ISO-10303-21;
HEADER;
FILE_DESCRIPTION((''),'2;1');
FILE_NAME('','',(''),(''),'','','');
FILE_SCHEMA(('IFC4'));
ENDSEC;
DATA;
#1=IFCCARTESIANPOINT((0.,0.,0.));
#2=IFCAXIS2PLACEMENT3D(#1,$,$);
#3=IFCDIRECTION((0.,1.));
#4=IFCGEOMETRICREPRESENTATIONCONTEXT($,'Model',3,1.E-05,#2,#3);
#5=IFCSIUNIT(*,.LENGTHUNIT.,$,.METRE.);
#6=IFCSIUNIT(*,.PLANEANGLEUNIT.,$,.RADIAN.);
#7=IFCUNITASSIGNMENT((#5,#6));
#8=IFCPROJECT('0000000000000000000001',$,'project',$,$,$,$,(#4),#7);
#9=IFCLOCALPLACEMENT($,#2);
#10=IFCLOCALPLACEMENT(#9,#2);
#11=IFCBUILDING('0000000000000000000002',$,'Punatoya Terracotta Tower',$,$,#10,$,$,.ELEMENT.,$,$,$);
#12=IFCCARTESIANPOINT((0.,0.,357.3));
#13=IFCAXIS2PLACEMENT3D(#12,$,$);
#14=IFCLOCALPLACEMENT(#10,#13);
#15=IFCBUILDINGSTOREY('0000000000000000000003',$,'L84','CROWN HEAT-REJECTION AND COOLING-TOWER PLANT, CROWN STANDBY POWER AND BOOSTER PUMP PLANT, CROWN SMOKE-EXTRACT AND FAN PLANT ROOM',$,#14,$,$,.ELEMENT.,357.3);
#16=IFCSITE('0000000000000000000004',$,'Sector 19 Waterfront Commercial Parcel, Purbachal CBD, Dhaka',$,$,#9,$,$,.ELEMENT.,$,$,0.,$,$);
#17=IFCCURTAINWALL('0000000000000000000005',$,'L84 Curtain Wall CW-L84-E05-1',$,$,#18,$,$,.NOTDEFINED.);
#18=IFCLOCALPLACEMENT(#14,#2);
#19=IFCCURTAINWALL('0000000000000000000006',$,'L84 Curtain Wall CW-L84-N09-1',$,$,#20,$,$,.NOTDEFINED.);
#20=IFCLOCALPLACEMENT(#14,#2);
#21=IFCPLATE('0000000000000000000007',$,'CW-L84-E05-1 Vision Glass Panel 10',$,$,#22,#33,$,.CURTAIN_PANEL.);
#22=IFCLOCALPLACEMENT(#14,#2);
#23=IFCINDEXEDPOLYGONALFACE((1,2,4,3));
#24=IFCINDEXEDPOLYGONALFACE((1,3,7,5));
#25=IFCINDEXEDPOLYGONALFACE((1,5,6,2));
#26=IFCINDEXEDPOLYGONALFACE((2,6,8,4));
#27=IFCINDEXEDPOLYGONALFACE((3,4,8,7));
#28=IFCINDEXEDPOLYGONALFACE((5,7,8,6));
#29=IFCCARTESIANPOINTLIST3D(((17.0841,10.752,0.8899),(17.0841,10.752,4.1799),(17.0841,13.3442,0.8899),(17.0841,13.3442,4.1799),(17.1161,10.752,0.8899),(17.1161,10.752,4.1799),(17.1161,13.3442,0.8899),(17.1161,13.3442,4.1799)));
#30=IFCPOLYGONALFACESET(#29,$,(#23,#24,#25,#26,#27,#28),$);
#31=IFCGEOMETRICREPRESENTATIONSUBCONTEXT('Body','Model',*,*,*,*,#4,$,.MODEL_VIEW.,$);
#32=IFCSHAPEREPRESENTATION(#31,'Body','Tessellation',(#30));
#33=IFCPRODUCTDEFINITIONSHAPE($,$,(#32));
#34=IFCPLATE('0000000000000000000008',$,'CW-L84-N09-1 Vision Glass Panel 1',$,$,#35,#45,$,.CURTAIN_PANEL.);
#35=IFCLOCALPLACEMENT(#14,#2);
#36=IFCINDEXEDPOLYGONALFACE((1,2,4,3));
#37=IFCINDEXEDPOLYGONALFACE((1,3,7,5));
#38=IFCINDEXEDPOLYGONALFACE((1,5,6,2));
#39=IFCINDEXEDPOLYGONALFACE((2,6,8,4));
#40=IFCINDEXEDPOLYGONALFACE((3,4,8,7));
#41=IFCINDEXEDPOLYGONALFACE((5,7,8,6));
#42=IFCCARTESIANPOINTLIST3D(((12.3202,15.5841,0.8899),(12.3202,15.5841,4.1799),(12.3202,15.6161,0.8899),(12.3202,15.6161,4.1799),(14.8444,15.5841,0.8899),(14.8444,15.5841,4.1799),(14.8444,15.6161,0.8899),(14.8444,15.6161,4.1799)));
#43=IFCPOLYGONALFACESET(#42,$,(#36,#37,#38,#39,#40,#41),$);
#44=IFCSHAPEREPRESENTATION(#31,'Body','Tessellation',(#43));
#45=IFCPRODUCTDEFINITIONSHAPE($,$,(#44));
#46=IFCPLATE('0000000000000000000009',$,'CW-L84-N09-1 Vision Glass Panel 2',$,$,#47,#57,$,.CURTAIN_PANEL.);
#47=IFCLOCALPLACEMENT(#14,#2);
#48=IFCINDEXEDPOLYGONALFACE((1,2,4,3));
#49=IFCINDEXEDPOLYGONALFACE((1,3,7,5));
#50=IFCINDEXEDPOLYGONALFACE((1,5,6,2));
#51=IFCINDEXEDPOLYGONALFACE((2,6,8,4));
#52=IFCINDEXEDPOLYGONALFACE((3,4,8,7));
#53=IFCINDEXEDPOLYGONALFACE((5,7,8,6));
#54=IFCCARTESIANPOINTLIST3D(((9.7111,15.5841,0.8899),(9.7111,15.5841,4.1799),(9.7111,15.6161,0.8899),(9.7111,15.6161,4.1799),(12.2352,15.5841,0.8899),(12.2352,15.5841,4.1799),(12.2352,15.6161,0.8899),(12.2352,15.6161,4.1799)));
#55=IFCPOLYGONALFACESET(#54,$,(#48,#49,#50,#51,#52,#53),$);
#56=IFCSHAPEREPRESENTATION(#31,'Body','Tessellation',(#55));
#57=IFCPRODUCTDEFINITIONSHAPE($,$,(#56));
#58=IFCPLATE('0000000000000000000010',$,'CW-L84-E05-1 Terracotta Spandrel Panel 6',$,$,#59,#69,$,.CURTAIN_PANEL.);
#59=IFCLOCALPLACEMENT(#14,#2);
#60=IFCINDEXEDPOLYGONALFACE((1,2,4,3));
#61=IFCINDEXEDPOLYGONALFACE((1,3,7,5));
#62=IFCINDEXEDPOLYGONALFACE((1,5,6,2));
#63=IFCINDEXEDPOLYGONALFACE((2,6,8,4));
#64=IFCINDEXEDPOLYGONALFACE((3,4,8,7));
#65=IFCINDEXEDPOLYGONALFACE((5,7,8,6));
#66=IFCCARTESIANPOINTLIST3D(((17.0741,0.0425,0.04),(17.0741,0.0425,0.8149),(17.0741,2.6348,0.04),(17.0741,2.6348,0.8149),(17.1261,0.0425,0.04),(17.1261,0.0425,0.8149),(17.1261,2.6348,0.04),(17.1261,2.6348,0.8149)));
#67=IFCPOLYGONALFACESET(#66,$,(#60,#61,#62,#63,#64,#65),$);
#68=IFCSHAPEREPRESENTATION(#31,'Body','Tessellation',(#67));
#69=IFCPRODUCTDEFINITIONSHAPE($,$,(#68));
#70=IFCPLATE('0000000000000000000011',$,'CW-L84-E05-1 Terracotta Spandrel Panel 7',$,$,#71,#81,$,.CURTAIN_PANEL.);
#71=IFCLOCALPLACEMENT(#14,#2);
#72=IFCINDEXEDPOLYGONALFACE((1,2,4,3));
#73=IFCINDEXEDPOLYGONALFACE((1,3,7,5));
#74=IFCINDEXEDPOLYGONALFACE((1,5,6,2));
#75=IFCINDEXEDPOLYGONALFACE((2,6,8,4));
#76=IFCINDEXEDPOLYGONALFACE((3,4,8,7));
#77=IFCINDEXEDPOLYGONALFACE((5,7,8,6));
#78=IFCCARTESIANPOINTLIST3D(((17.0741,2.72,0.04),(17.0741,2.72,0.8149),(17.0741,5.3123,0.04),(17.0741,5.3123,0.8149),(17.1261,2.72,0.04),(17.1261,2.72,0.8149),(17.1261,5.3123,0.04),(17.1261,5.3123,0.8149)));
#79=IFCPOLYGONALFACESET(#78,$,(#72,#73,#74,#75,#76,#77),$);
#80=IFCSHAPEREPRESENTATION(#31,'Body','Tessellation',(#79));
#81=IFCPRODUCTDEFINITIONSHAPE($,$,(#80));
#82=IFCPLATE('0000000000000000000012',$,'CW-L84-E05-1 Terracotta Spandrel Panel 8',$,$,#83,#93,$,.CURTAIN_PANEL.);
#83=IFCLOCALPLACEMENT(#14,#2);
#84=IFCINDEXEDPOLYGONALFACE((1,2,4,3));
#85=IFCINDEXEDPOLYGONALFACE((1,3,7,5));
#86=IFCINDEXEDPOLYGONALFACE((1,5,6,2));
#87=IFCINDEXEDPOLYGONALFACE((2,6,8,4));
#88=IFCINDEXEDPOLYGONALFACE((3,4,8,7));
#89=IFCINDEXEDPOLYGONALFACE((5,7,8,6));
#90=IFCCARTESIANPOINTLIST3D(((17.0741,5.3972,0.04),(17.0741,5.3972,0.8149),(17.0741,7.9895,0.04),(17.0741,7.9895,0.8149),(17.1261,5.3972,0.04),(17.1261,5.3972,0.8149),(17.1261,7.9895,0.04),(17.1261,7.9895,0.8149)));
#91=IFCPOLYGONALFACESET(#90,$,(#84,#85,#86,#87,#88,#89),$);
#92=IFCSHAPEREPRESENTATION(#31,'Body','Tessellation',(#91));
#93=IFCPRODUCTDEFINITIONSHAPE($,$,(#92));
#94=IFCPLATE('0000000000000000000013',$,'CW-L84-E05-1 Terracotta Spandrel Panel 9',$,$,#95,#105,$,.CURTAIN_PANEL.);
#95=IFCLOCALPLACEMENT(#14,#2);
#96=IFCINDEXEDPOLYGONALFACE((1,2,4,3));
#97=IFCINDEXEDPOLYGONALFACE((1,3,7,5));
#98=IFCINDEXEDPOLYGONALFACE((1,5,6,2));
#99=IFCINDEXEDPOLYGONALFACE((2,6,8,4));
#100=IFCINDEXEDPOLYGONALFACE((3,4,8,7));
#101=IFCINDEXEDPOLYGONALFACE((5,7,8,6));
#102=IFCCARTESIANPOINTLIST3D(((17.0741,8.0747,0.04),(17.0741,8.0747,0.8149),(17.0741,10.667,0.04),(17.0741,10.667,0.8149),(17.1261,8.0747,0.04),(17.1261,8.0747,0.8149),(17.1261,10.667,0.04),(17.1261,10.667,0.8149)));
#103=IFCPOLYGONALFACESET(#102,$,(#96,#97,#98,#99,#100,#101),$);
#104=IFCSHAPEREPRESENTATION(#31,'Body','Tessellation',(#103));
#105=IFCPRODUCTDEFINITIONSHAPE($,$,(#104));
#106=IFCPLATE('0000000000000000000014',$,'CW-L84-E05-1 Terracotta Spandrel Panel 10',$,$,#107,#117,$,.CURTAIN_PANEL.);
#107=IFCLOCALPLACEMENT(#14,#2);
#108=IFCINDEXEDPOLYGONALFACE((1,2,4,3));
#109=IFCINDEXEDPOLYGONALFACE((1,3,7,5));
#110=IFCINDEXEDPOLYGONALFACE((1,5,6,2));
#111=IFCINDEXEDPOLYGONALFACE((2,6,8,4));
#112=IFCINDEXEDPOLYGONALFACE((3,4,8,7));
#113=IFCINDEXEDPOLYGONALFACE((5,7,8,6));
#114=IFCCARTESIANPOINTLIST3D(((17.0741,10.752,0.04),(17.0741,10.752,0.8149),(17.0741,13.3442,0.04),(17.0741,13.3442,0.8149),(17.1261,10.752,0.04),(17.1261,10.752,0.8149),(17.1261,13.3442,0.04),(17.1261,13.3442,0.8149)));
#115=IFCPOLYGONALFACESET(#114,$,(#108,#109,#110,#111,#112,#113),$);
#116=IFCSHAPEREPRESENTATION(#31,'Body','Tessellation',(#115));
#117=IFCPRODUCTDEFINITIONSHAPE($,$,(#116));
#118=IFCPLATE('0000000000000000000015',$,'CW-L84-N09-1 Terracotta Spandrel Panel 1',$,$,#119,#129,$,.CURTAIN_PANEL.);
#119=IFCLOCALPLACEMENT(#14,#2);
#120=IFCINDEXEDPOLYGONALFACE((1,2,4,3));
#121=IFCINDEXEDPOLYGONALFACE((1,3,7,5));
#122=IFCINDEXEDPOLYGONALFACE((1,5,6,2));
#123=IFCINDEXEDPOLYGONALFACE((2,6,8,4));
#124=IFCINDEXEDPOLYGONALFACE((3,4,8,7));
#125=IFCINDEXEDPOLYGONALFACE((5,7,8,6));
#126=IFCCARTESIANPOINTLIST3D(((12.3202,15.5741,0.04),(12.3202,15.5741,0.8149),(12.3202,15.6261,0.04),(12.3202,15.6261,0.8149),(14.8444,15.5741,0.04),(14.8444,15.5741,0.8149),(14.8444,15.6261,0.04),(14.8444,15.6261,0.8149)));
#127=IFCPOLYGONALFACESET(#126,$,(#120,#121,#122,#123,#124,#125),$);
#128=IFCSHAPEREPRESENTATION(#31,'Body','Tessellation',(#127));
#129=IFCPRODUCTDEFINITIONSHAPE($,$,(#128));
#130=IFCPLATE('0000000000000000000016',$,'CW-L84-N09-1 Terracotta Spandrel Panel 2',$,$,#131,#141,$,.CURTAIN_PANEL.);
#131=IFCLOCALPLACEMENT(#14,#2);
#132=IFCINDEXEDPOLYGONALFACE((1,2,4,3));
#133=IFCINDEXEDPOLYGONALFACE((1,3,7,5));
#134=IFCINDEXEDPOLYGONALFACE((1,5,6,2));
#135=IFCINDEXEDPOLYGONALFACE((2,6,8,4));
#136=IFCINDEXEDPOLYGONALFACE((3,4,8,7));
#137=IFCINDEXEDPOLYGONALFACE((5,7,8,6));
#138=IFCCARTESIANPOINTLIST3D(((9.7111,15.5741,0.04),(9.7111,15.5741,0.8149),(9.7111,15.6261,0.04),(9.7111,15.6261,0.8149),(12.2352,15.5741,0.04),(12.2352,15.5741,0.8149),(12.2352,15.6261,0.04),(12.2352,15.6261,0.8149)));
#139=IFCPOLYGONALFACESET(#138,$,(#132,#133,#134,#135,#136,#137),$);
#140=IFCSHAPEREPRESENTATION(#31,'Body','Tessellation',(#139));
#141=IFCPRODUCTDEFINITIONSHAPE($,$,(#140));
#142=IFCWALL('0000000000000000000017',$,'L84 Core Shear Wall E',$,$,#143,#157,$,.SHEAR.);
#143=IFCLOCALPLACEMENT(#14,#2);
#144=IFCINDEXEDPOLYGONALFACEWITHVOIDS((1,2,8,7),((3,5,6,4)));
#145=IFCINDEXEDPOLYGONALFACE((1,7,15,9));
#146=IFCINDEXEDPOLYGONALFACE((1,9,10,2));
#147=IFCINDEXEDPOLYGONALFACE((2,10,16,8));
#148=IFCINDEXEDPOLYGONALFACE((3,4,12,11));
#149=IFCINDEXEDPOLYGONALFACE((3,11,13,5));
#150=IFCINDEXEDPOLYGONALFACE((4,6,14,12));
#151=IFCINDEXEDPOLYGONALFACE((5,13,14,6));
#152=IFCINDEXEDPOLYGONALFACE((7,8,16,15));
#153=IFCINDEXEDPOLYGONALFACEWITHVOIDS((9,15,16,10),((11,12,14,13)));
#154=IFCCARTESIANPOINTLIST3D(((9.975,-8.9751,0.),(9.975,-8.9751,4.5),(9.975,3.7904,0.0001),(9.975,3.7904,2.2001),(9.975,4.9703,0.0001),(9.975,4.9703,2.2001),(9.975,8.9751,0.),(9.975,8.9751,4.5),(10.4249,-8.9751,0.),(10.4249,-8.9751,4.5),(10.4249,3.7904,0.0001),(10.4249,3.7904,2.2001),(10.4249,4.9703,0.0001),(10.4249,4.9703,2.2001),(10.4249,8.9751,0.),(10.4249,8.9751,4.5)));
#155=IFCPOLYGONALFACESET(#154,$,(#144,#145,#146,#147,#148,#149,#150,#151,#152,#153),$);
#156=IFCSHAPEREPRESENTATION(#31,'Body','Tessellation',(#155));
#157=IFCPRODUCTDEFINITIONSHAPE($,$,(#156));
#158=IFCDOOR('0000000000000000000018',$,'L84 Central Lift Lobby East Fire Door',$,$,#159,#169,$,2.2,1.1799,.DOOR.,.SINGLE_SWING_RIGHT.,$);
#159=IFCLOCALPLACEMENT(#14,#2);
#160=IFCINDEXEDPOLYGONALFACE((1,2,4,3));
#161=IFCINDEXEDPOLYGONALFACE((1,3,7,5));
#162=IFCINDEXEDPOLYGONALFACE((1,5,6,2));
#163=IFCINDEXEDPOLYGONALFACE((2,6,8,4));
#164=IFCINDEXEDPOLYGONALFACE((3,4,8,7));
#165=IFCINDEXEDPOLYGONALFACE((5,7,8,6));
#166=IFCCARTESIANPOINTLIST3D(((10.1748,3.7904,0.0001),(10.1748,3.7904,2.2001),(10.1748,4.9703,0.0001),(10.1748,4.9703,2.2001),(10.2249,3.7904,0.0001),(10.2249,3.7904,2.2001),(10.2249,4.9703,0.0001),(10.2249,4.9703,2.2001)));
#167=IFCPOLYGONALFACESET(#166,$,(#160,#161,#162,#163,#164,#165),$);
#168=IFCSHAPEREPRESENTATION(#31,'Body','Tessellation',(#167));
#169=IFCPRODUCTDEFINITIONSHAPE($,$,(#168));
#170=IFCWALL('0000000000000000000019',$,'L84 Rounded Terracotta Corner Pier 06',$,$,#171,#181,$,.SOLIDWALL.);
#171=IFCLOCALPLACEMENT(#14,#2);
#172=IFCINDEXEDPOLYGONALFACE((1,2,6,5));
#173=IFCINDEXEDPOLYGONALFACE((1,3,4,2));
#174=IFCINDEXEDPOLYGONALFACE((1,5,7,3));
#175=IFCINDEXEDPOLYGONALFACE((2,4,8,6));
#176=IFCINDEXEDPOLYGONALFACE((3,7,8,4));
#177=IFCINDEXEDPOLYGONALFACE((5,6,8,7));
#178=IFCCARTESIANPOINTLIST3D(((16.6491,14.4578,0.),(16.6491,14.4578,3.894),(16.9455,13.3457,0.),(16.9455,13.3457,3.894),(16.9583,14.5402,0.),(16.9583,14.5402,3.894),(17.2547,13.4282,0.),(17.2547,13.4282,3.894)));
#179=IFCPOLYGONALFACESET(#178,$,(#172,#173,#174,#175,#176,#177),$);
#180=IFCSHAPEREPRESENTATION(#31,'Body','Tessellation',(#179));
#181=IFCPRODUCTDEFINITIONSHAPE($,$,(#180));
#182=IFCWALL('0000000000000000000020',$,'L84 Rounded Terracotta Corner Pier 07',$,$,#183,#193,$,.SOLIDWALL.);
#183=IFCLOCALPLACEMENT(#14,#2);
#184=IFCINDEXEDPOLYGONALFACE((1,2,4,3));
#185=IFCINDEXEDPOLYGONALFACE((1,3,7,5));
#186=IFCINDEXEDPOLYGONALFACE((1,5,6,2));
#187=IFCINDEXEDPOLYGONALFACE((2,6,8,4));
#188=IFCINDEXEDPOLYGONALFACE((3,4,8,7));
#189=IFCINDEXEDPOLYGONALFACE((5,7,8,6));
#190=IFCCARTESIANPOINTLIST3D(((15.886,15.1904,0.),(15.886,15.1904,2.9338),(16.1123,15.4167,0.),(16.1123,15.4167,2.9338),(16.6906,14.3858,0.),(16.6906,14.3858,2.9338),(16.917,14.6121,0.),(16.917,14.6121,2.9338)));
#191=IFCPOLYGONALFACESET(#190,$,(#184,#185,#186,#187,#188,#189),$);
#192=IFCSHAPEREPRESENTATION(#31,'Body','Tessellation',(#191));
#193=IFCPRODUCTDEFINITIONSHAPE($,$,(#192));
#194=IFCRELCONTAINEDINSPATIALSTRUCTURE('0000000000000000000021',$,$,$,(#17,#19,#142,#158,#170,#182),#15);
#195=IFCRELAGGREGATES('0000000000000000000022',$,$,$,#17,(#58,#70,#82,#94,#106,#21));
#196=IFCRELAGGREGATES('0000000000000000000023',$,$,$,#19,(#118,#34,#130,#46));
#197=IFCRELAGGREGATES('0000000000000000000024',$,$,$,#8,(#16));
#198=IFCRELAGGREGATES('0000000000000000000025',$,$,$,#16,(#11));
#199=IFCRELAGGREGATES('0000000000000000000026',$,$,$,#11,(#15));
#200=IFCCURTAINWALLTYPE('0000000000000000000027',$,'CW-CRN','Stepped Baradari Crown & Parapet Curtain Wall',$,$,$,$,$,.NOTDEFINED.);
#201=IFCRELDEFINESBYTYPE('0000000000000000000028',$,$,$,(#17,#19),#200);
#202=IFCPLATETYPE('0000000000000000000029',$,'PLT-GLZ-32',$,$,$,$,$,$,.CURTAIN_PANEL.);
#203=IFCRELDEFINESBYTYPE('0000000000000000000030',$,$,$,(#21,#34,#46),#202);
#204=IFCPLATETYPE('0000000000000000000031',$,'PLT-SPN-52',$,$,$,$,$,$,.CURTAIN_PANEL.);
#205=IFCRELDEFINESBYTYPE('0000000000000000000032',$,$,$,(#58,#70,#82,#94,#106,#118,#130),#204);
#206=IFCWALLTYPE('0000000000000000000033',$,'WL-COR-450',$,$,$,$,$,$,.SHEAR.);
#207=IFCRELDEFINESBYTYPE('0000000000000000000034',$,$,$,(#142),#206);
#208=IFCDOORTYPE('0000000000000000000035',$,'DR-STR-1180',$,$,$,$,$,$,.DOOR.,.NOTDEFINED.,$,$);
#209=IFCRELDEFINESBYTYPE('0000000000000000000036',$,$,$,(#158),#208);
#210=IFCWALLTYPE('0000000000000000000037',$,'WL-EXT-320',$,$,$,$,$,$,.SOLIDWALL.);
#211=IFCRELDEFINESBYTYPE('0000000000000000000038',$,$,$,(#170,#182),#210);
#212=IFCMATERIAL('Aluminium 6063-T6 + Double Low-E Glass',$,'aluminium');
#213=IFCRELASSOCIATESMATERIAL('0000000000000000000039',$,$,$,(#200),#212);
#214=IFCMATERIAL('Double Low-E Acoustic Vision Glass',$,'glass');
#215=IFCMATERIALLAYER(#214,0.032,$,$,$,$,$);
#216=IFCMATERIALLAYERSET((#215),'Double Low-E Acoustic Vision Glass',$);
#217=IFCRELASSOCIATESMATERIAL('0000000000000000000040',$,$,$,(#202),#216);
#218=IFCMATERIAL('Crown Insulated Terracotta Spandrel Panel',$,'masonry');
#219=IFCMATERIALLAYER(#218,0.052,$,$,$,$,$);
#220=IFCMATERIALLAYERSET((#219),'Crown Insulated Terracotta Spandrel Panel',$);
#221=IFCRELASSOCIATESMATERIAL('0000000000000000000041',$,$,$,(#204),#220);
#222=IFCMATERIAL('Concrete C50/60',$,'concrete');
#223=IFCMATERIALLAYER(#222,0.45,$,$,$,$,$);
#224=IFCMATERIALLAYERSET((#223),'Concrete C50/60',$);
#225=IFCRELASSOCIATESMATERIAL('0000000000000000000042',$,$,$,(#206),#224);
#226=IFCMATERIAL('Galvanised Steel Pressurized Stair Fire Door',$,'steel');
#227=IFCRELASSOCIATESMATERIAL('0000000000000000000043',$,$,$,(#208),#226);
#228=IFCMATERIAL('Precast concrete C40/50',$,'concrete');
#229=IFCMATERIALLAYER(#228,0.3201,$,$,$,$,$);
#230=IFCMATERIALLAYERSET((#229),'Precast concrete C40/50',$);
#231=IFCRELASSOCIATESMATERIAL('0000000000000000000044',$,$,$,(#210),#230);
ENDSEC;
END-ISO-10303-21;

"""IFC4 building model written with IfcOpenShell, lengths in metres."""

from ifc_helpers import new_model, si_unit, direction, frame, frame_2d, origin, origin_2d, place, context, subcontext, project, spatial, rectangle, extrude, material, layer, layer_set, type_object, element, fill, aggregate, save


model = new_model("IFC4")

# Units and contexts
model_context = context("Model", 3, precision=1e-05, world=origin(), true_north=direction((0.0, 1.0)))
body_context = subcontext(model_context, "Body", "Model", "MODEL_VIEW")
ifc_project = project(units=[si_unit("LENGTHUNIT", "METRE"), si_unit("PLANEANGLEUNIT", "RADIAN")], contexts=[model_context])

# Site, building, storey
site_placement = place(None, origin())
site = spatial("IfcSite", under=ifc_project, at=site_placement, Name="Sector 19 Waterfront Commercial Parcel, Purbachal CBD, Dhaka", CompositionType="ELEMENT", RefElevation=0.0)
building_placement = place(site_placement, origin())
building = spatial("IfcBuilding", under=site, at=building_placement, Name="Punatoya Terracotta Tower", CompositionType="ELEMENT")
storey_placement = place(building_placement, frame((0.0, 0.0, 357.3)))
storey = spatial("IfcBuildingStorey", under=building, at=storey_placement, Name="L84", Description="CROWN HEAT-REJECTION AND COOLING-TOWER PLANT, CROWN STANDBY POWER AND BOOSTER PUMP PLANT, CROWN SMOKE-EXTRACT AND FAN PLANT ROOM", CompositionType="ELEMENT", Elevation=357.3)

# Curtain walls
ifc_material_1 = material(Name="Aluminium 6063-T6 + Double Low-E Glass", Category="aluminium")
curtain_wall_type = type_object("IfcCurtainWallType", Name="CW-CRN", Description="Stepped Baradari Crown & Parapet Curtain Wall", PredefinedType="NOTDEFINED", material=ifc_material_1)
curtain_wall_1_placement = place(storey_placement, origin())
curtain_wall_1 = element("IfcCurtainWall", 1, at=curtain_wall_1_placement, inside=storey, type_object=curtain_wall_type, Name="L84 Curtain Wall CW-L84-E05-1", PredefinedType="NOTDEFINED")
curtain_wall_2_placement = place(storey_placement, origin())
curtain_wall_2 = element("IfcCurtainWall", 2, at=curtain_wall_2_placement, inside=storey, type_object=curtain_wall_type, Name="L84 Curtain Wall CW-L84-N09-1", PredefinedType="NOTDEFINED")

# Plates
ifc_material_2 = material(Name="Double Low-E Acoustic Vision Glass", Category="glass")
ifc_layer_1 = layer(ifc_material_2, 0.032)
ifc_layer_set_1 = layer_set([ifc_layer_1], Name="Double Low-E Acoustic Vision Glass")
plate_type_1 = type_object("IfcPlateType", Name="PLT-GLZ-32", PredefinedType="CURTAIN_PANEL", material=ifc_layer_set_1)
plate_1_placement = place(storey_placement, frame((17.1001, 12.0481, 0.8899), z_axis=(0.0, 0.0, 1.0), x_axis=(0.0, 1.0, 0.0)))
plate_1 = element("IfcPlate", 3, at=plate_1_placement, type_object=plate_type_1, Name="CW-L84-E05-1 Vision Glass Panel 10", PredefinedType="CURTAIN_PANEL", context=body_context, shape_type="SweptSolid", body=[
    extrude(rectangle(XDim=2.5923, YDim=0.032, at=origin_2d()), origin(), (0.0, 0.0, 1.0), 3.29),
])
plate_2_placement = place(storey_placement, frame((13.5823, 15.6001, 0.8899), z_axis=(0.0, 0.0, 1.0), x_axis=(-1.0, 0.0, 0.0)))
plate_2 = element("IfcPlate", 4, at=plate_2_placement, type_object=plate_type_1, Name="CW-L84-N09-1 Vision Glass Panel 1", PredefinedType="CURTAIN_PANEL", context=body_context, shape_type="SweptSolid", body=[
    extrude(rectangle(XDim=2.5242, YDim=0.032, at=origin_2d()), origin(), (0.0, 0.0, 1.0), 3.29),
])
plate_3_placement = place(storey_placement, frame((10.9731, 15.6001, 0.8899), z_axis=(0.0, 0.0, 1.0), x_axis=(-1.0, 0.0, 0.0)))
plate_3 = element("IfcPlate", 5, at=plate_3_placement, type_object=plate_type_1, Name="CW-L84-N09-1 Vision Glass Panel 2", PredefinedType="CURTAIN_PANEL", context=body_context, shape_type="SweptSolid", body=[
    extrude(rectangle(XDim=2.5242, YDim=0.032, at=origin_2d()), origin(), (0.0, 0.0, 1.0), 3.29),
])
ifc_material_3 = material(Name="Crown Insulated Terracotta Spandrel Panel", Category="masonry")
ifc_layer_2 = layer(ifc_material_3, 0.052)
ifc_layer_set_2 = layer_set([ifc_layer_2], Name="Crown Insulated Terracotta Spandrel Panel")
plate_type_2 = type_object("IfcPlateType", Name="PLT-SPN-52", PredefinedType="CURTAIN_PANEL", material=ifc_layer_set_2)
plate_4_placement = place(storey_placement, frame((17.1001, 1.3386, 0.04), z_axis=(0.0, 0.0, 1.0), x_axis=(0.0, 1.0, 0.0)))
plate_4 = element("IfcPlate", 6, at=plate_4_placement, type_object=plate_type_2, Name="CW-L84-E05-1 Terracotta Spandrel Panel 6", PredefinedType="CURTAIN_PANEL", context=body_context, shape_type="SweptSolid", body=[
    extrude(rectangle(XDim=2.5923, YDim=0.052, at=origin_2d()), origin(), (0.0, 0.0, 1.0), 0.7749),
])
plate_5_placement = place(storey_placement, frame((17.1001, 4.0161, 0.04), z_axis=(0.0, 0.0, 1.0), x_axis=(0.0, 1.0, 0.0)))
plate_5 = element("IfcPlate", 7, at=plate_5_placement, type_object=plate_type_2, Name="CW-L84-E05-1 Terracotta Spandrel Panel 7", PredefinedType="CURTAIN_PANEL", context=body_context, shape_type="SweptSolid", body=[
    extrude(rectangle(XDim=2.5923, YDim=0.052, at=origin_2d()), origin(), (0.0, 0.0, 1.0), 0.7749),
])
plate_6_placement = place(storey_placement, frame((17.1001, 6.6934, 0.04), z_axis=(0.0, 0.0, 1.0), x_axis=(0.0, 1.0, 0.0)))
plate_6 = element("IfcPlate", 8, at=plate_6_placement, type_object=plate_type_2, Name="CW-L84-E05-1 Terracotta Spandrel Panel 8", PredefinedType="CURTAIN_PANEL", context=body_context, shape_type="SweptSolid", body=[
    extrude(rectangle(XDim=2.5923, YDim=0.052, at=origin_2d()), origin(), (0.0, 0.0, 1.0), 0.7749),
])
plate_7_placement = place(storey_placement, frame((17.1001, 9.3708, 0.04), z_axis=(0.0, 0.0, 1.0), x_axis=(0.0, 1.0, 0.0)))
plate_7 = element("IfcPlate", 9, at=plate_7_placement, type_object=plate_type_2, Name="CW-L84-E05-1 Terracotta Spandrel Panel 9", PredefinedType="CURTAIN_PANEL", context=body_context, shape_type="SweptSolid", body=[
    extrude(rectangle(XDim=2.5923, YDim=0.052, at=origin_2d()), origin(), (0.0, 0.0, 1.0), 0.7749),
])
plate_8_placement = place(storey_placement, frame((17.1001, 12.0481, 0.04), z_axis=(0.0, 0.0, 1.0), x_axis=(0.0, 1.0, 0.0)))
plate_8 = element("IfcPlate", 10, at=plate_8_placement, type_object=plate_type_2, Name="CW-L84-E05-1 Terracotta Spandrel Panel 10", PredefinedType="CURTAIN_PANEL", context=body_context, shape_type="SweptSolid", body=[
    extrude(rectangle(XDim=2.5923, YDim=0.052, at=origin_2d()), origin(), (0.0, 0.0, 1.0), 0.7749),
])
aggregate(curtain_wall_1, [plate_4, plate_5, plate_6, plate_7, plate_8, plate_1])
plate_9_placement = place(storey_placement, frame((13.5823, 15.6001, 0.04), z_axis=(0.0, 0.0, 1.0), x_axis=(-1.0, 0.0, 0.0)))
plate_9 = element("IfcPlate", 11, at=plate_9_placement, type_object=plate_type_2, Name="CW-L84-N09-1 Terracotta Spandrel Panel 1", PredefinedType="CURTAIN_PANEL", context=body_context, shape_type="SweptSolid", body=[
    extrude(rectangle(XDim=2.5242, YDim=0.052, at=origin_2d()), origin(), (0.0, 0.0, 1.0), 0.7749),
])
plate_10_placement = place(storey_placement, frame((10.9731, 15.6001, 0.04), z_axis=(0.0, 0.0, 1.0), x_axis=(-1.0, 0.0, 0.0)))
plate_10 = element("IfcPlate", 12, at=plate_10_placement, type_object=plate_type_2, Name="CW-L84-N09-1 Terracotta Spandrel Panel 2", PredefinedType="CURTAIN_PANEL", context=body_context, shape_type="SweptSolid", body=[
    extrude(rectangle(XDim=2.5242, YDim=0.052, at=origin_2d()), origin(), (0.0, 0.0, 1.0), 0.7749),
])
aggregate(curtain_wall_2, [plate_9, plate_2, plate_10, plate_3])

# Wall, opening, door
ifc_material_4 = material(Name="Concrete C50/60", Category="concrete")
ifc_layer_3 = layer(ifc_material_4, 0.45)
ifc_layer_set_3 = layer_set([ifc_layer_3], Name="Concrete C50/60")
wall_type_1 = type_object("IfcWallType", Name="WL-COR-450", PredefinedType="SHEAR", material=ifc_layer_set_3)
wall_1_placement = place(storey_placement, frame((10.2, 8.9751, 0.0), z_axis=(0.0, 0.0, 1.0), x_axis=(0.0, -1.0, 0.0)))
wall_1 = element("IfcWall", 13, at=wall_1_placement, inside=storey, type_object=wall_type_1, Name="L84 Core Shear Wall E", PredefinedType="SHEAR", context=body_context, shape_type="SweptSolid", body=[
    extrude(rectangle(XDim=17.9502, YDim=0.45, at=frame_2d((8.9751, 0.0))), origin(), (0.0, 0.0, 1.0), 4.5),
])
opening_1_placement = place(wall_1_placement, frame((4.0049, 0.0, 0.0)))
opening_1 = element("IfcOpeningElement", 14, at=opening_1_placement, cuts=wall_1, PredefinedType="OPENING", context=body_context, shape_type="SweptSolid", body=[
    extrude(rectangle(XDim=1.1799, YDim=2.2, at=frame_2d((0.5898, 1.1001))), frame((0.0, 0.2349, 0.0), z_axis=(0.0, -1.0, 0.0), x_axis=(1.0, 0.0, 0.0)), (0.0, 0.0, 1.0), 0.47),
])
ifc_material_5 = material(Name="Galvanised Steel Pressurized Stair Fire Door", Category="steel")
door_type_1 = type_object("IfcDoorType", Name="DR-STR-1180", OperationType="NOTDEFINED", PredefinedType="DOOR", material=ifc_material_5)
door_1_placement = place(opening_1_placement, origin())
door_1 = element("IfcDoor", 15, at=door_1_placement, inside=storey, type_object=door_type_1, Name="L84 Central Lift Lobby East Fire Door", OperationType="SINGLE_SWING_RIGHT", OverallHeight=2.2, OverallWidth=1.1799, PredefinedType="DOOR", context=body_context, shape_type="SweptSolid", body=[
    extrude(rectangle(XDim=1.1799, YDim=2.2, at=frame_2d((0.5898, 1.1001))), frame((0.0, 0.0249, 0.0), z_axis=(0.0, -1.0, 0.0), x_axis=(1.0, 0.0, 0.0)), (0.0, 0.0, 1.0), 0.05),
])
fill(opening_1, door_1)

# Walls
ifc_material_6 = material(Name="Precast concrete C40/50", Category="concrete")
ifc_layer_4 = layer(ifc_material_6, 0.3201)
ifc_layer_set_4 = layer_set([ifc_layer_4], Name="Precast concrete C40/50")
wall_type_2 = type_object("IfcWallType", Name="WL-EXT-320", PredefinedType="SOLIDWALL", material=ifc_layer_set_4)
wall_2_placement = place(storey_placement, frame((17.1001, 13.387, 0.0), z_axis=(0.0, 0.0, 1.0), x_axis=(-0.257531, 0.96627, 0.0)))
element("IfcWall", 16, at=wall_2_placement, inside=storey, type_object=wall_type_2, Name="L84 Rounded Terracotta Corner Pier 06", PredefinedType="SOLIDWALL", context=body_context, shape_type="SweptSolid", body=[
    extrude(rectangle(XDim=1.1509, YDim=0.3201, at=frame_2d((0.5754, 0.0))), origin(), (0.0, 0.0, 1.0), 3.894),
])
wall_3_placement = place(storey_placement, frame((16.8037, 14.499, 0.0), z_axis=(0.0, 0.0, 1.0), x_axis=(-0.707107, 0.707107, 0.0)))
element("IfcWall", 17, at=wall_3_placement, inside=storey, type_object=wall_type_2, Name="L84 Rounded Terracotta Corner Pier 07", PredefinedType="SOLIDWALL", context=body_context, shape_type="SweptSolid", body=[
    extrude(rectangle(XDim=1.1379, YDim=0.3201, at=frame_2d((0.5688, 0.0))), origin(), (0.0, 0.0, 1.0), 2.9338),
])

save(model, "model.ifc")
